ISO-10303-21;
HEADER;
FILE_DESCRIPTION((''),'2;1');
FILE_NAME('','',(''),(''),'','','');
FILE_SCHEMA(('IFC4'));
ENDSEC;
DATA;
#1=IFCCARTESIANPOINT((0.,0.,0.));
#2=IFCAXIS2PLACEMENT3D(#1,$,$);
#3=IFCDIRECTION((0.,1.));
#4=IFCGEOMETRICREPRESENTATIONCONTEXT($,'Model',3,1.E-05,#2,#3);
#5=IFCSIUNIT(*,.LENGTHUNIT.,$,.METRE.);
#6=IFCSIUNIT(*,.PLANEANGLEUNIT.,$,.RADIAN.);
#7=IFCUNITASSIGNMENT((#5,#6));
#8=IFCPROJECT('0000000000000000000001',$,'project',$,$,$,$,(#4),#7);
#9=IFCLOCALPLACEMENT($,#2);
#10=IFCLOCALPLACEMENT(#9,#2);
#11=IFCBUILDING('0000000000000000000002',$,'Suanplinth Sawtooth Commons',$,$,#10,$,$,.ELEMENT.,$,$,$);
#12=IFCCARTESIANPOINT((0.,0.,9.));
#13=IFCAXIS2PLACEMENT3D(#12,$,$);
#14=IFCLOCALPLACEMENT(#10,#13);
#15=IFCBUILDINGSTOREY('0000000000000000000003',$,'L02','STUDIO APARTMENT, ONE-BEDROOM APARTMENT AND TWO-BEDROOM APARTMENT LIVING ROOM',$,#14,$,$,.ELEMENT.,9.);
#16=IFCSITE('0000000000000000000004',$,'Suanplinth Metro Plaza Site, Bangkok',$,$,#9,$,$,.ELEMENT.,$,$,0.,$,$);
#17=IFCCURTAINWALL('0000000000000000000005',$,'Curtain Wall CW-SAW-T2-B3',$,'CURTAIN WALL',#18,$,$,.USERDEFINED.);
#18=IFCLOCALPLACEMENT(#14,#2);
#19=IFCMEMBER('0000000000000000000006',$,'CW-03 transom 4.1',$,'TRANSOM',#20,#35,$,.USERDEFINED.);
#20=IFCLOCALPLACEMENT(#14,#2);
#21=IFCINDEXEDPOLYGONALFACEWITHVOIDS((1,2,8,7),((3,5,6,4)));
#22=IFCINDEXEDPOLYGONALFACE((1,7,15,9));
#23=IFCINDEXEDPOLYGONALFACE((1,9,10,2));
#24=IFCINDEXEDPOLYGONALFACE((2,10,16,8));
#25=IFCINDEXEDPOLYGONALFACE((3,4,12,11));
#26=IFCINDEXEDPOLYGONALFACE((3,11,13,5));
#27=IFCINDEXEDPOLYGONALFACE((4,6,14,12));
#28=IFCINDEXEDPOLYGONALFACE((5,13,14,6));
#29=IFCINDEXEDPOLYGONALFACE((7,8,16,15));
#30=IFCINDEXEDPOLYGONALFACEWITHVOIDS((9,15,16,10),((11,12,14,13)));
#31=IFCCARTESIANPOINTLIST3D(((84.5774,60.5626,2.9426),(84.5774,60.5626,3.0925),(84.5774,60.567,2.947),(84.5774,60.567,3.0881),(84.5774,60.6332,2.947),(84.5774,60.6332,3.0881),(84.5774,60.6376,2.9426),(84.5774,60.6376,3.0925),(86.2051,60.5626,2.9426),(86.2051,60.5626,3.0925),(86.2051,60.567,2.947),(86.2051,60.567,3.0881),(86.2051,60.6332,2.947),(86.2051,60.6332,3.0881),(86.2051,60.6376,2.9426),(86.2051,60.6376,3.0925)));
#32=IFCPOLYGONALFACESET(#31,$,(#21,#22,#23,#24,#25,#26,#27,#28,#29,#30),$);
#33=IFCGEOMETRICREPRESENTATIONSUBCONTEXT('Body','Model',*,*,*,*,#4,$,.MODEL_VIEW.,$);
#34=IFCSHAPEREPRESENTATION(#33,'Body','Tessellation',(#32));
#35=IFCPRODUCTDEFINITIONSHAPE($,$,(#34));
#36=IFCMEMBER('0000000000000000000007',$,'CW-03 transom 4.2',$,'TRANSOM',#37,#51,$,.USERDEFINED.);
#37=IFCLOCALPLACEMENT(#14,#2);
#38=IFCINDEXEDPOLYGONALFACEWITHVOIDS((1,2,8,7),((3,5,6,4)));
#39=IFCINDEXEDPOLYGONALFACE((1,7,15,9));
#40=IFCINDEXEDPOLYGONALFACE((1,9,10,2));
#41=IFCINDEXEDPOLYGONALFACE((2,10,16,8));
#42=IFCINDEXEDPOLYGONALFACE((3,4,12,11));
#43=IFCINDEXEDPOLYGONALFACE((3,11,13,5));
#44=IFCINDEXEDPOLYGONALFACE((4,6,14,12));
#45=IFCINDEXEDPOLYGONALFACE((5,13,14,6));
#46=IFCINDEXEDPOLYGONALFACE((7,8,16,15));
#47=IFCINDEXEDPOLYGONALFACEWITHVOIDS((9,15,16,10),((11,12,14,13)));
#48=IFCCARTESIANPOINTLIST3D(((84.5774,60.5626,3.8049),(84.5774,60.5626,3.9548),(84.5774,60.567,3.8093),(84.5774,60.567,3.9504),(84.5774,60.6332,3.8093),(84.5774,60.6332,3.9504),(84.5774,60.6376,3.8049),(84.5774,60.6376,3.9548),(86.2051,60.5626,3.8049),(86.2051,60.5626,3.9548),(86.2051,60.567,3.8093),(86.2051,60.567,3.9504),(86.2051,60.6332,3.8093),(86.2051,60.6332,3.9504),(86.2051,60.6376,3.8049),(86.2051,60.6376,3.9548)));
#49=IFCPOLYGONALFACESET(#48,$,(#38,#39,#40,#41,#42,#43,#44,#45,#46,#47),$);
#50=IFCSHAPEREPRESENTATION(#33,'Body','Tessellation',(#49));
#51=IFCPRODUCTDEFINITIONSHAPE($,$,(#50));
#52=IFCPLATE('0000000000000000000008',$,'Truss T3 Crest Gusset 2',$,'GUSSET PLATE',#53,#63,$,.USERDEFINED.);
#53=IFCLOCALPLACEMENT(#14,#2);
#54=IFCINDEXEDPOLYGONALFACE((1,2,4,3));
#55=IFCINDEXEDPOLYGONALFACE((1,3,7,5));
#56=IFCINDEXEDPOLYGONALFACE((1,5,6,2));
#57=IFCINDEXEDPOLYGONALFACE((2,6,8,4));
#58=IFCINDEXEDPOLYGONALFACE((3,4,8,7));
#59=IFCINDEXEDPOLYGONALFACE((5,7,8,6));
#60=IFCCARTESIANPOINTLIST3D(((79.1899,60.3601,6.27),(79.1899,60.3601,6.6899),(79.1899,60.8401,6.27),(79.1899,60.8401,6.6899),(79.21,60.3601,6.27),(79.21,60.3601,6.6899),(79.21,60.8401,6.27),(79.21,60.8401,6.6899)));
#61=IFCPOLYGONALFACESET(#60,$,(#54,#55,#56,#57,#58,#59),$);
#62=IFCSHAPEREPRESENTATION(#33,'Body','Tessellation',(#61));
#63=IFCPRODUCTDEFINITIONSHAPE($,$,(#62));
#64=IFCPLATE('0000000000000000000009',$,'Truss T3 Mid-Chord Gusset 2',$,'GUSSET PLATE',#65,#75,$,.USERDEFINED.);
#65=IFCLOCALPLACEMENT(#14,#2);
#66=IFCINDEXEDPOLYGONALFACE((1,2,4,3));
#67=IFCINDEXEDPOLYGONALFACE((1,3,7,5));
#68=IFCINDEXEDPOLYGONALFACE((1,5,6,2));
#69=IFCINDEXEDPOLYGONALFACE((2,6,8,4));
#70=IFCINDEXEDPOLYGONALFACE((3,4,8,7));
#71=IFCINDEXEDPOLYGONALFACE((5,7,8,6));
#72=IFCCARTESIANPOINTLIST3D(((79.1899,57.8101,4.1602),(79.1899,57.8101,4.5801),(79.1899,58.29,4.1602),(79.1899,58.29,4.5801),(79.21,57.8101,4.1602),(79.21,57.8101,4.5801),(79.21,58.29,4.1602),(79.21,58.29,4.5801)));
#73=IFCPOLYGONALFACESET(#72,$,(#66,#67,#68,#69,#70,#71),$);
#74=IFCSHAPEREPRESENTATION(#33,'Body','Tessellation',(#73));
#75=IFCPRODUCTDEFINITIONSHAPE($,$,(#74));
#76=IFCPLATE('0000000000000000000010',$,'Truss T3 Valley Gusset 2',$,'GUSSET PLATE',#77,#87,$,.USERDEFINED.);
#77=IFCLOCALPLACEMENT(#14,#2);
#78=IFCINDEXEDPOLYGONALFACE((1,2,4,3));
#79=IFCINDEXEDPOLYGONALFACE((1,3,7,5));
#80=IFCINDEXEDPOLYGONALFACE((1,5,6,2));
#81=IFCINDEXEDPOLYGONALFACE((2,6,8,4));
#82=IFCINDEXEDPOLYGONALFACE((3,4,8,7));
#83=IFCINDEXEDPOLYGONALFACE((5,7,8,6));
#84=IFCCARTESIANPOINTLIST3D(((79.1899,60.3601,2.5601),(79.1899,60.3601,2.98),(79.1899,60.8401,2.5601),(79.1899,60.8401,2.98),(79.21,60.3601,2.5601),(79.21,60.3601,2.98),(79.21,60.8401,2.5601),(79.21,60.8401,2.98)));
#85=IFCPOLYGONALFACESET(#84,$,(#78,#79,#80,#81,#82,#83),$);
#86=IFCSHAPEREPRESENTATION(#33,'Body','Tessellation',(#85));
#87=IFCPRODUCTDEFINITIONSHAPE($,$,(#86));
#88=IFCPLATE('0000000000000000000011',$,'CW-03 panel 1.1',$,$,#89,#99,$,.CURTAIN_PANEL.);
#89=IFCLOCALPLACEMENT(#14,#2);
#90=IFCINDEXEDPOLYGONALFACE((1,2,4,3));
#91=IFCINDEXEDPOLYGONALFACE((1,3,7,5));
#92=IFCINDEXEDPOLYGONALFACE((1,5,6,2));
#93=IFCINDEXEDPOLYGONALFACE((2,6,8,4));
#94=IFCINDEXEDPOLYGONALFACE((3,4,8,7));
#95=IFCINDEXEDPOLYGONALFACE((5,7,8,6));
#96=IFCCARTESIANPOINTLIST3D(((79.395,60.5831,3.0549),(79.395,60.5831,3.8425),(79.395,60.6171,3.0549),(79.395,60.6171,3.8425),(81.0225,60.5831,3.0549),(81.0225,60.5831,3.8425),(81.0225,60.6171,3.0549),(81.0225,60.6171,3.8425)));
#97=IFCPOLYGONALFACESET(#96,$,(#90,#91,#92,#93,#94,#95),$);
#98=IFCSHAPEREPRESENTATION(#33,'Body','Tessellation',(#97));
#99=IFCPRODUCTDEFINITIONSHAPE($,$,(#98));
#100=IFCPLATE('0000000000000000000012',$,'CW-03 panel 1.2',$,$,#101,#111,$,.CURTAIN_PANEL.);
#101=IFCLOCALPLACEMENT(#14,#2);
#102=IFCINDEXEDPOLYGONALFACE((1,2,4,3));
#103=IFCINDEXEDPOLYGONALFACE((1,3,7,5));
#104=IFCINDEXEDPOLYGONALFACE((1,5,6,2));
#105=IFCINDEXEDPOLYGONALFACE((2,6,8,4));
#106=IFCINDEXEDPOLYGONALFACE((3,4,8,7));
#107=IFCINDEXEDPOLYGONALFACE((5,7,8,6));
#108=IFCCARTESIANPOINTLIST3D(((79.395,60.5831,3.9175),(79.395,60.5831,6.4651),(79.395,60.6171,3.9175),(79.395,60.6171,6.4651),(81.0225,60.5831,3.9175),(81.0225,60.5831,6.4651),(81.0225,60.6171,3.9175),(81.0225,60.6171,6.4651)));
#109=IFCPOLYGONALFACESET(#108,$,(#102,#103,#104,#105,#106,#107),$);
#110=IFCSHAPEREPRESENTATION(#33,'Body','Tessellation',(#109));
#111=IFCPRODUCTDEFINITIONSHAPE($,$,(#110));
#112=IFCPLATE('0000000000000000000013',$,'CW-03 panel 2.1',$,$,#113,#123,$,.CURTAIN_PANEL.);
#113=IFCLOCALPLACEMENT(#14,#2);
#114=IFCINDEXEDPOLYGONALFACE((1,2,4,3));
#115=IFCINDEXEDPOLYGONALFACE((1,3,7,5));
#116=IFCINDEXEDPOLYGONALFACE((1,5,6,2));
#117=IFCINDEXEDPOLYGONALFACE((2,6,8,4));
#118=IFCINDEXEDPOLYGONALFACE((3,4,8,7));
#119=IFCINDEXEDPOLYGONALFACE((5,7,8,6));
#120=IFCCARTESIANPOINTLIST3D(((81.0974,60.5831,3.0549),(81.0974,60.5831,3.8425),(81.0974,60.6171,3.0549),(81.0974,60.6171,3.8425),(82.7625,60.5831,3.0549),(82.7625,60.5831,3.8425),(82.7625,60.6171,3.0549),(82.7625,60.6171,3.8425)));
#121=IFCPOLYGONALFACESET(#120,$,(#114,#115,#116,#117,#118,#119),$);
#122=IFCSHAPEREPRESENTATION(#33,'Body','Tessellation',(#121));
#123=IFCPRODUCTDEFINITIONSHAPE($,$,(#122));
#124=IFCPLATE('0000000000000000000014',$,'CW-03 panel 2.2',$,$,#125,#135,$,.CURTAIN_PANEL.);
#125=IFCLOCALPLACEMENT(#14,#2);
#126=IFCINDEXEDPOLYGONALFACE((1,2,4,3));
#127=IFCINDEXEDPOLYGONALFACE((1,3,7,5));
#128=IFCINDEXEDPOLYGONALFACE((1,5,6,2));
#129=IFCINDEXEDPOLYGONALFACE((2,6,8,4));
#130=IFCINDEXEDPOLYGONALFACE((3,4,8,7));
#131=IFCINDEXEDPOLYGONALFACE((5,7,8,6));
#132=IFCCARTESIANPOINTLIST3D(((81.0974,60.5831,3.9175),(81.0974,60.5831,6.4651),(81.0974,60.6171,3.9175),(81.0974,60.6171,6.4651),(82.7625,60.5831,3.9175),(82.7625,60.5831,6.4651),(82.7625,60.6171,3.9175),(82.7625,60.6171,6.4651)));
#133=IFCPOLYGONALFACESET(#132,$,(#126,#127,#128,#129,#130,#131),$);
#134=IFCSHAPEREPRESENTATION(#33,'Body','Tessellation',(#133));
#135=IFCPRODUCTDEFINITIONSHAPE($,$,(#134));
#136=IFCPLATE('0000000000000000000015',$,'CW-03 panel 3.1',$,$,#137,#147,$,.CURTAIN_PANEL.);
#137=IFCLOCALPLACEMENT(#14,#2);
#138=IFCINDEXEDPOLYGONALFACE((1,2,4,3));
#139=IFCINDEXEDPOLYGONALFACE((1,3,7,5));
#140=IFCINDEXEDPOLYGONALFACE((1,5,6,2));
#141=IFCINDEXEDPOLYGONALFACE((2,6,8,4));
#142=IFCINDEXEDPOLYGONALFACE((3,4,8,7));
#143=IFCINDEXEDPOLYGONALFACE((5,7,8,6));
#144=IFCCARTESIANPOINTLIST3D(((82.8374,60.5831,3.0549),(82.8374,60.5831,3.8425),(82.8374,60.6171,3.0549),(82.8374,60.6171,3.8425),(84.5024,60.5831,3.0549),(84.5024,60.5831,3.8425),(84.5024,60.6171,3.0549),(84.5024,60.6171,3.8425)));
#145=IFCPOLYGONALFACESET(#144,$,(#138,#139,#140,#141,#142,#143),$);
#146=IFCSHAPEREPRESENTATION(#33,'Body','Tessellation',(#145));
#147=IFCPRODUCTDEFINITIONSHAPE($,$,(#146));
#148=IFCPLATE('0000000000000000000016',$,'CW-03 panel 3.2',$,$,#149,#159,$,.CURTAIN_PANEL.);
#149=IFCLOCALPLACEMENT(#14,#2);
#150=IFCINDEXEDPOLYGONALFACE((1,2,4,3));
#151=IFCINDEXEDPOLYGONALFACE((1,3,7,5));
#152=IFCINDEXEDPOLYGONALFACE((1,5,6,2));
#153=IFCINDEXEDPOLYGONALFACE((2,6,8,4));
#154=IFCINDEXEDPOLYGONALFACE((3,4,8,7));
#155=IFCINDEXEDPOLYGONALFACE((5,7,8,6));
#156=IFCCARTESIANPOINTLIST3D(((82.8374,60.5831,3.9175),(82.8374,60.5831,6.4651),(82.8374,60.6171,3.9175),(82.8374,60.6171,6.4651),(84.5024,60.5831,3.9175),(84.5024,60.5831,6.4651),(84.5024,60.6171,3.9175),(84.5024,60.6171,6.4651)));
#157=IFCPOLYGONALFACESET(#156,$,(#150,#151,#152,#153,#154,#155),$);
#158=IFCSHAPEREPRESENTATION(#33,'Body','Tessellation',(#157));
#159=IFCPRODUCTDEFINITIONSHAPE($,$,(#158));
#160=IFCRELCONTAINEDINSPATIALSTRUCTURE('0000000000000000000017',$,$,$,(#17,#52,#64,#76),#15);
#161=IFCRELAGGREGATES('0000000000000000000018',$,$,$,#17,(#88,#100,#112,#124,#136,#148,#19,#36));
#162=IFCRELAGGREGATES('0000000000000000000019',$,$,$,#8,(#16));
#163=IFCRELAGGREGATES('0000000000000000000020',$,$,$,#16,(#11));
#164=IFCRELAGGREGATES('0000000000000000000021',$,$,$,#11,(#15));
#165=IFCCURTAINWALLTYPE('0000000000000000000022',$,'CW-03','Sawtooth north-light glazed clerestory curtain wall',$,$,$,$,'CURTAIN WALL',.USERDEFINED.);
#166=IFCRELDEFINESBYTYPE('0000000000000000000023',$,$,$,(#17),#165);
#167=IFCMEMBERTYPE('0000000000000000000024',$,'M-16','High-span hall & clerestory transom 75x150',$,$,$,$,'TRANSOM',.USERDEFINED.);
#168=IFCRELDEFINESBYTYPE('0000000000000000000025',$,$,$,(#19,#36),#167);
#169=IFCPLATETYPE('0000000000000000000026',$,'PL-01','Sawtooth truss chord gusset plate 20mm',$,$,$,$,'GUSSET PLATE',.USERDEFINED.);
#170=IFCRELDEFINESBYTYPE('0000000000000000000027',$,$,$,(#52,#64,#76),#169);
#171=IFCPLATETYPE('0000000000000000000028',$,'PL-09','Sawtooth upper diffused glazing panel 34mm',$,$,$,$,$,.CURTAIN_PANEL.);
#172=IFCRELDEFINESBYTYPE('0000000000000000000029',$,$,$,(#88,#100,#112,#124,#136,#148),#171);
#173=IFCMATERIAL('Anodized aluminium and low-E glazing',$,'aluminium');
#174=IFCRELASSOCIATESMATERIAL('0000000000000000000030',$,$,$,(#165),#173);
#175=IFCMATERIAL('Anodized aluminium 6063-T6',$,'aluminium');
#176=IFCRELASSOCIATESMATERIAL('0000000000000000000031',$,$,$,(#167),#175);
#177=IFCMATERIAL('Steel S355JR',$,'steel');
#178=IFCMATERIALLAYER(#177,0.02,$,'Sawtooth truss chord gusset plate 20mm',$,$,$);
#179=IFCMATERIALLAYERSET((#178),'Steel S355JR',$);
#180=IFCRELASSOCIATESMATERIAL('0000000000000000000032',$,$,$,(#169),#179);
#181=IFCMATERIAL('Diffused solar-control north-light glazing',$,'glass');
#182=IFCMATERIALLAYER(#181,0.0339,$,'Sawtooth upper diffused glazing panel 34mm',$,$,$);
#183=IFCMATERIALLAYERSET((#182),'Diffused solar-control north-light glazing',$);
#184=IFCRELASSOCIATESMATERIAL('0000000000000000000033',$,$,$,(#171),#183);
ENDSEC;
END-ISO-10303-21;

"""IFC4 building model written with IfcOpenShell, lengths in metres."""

from ifc_helpers import new_model, si_unit, direction, frame, origin, origin_2d, place, context, subcontext, project, spatial, rectangle, hollow_rectangle, extrude, material, layer, layer_set, material_profile, profile_set, type_object, element, aggregate, save


model = new_model("IFC4")

# Units and contexts
model_context = context("Model", 3, precision=1e-05, world=origin(), true_north=direction((0.0, 1.0)))
body_context = subcontext(model_context, "Body", "Model", "MODEL_VIEW")
ifc_project = project(units=[si_unit("LENGTHUNIT", "METRE"), si_unit("PLANEANGLEUNIT", "RADIAN")], contexts=[model_context])

# Site, building, storey
site_placement = place(None, origin())
site = spatial("IfcSite", under=ifc_project, at=site_placement, Name="Suanplinth Metro Plaza Site, Bangkok", CompositionType="ELEMENT", RefElevation=0.0)
building_placement = place(site_placement, origin())
building = spatial("IfcBuilding", under=site, at=building_placement, Name="Suanplinth Sawtooth Commons", CompositionType="ELEMENT")
storey_placement = place(building_placement, frame((0.0, 0.0, 9.0)))
storey = spatial("IfcBuildingStorey", under=building, at=storey_placement, Name="L02", Description="STUDIO APARTMENT, ONE-BEDROOM APARTMENT AND TWO-BEDROOM APARTMENT LIVING ROOM", CompositionType="ELEMENT", Elevation=9.0)

# Shared definitions
ifc_material_1 = material(Name="Steel S355JR", Category="steel")

# Curtain wall, members
ifc_material_2 = material(Name="Anodized aluminium and low-E glazing", Category="aluminium")
curtain_wall_type = type_object("IfcCurtainWallType", Name="CW-03", Description="Sawtooth north-light glazed clerestory curtain wall", ElementType="CURTAIN WALL", PredefinedType="USERDEFINED", material=ifc_material_2)
curtain_wall_placement = place(storey_placement, origin())
curtain_wall = element("IfcCurtainWall", 1, at=curtain_wall_placement, inside=storey, type_object=curtain_wall_type, Name="Curtain Wall CW-SAW-T2-B3", ObjectType="CURTAIN WALL", PredefinedType="USERDEFINED")
ifc_material_3 = material(Name="Anodized aluminium 6063-T6", Category="aluminium")
ifc_material_profile_1 = material_profile(ifc_material_3, hollow_rectangle(XDim=0.075, YDim=0.1499, WallThickness=0.0044, at=origin_2d()), Name="ALU-TRN 75x150")
ifc_profile_set_1 = profile_set([ifc_material_profile_1], Name="Anodized aluminium 6063-T6")
member_type_1 = type_object("IfcMemberType", Name="M-16", Description="High-span hall & clerestory transom 75x150", ElementType="TRANSOM", PredefinedType="USERDEFINED", material=ifc_profile_set_1)
member_1_placement = place(storey_placement, frame((84.5774, 60.6001, 3.0176), z_axis=(1.0, 0.0, 0.0), x_axis=(0.0, 1.0, 0.0)))
member_1 = element("IfcMember", 2, at=member_1_placement, type_object=member_type_1, Name="CW-03 transom 4.1", ObjectType="TRANSOM", PredefinedType="USERDEFINED", context=body_context, shape_type="SweptSolid", body=[
    extrude(hollow_rectangle(XDim=0.075, YDim=0.1499, WallThickness=0.0044, at=origin_2d()), origin(), (0.0, 0.0, 1.0), 1.6277),
])
member_2_placement = place(storey_placement, frame((84.5774, 60.6001, 3.8799), z_axis=(1.0, 0.0, 0.0), x_axis=(0.0, 1.0, 0.0)))
member_2 = element("IfcMember", 3, at=member_2_placement, type_object=member_type_1, Name="CW-03 transom 4.2", ObjectType="TRANSOM", PredefinedType="USERDEFINED", context=body_context, shape_type="SweptSolid", body=[
    extrude(hollow_rectangle(XDim=0.075, YDim=0.1499, WallThickness=0.0044, at=origin_2d()), origin(), (0.0, 0.0, 1.0), 1.6277),
])

# Plates
ifc_layer_1 = layer(ifc_material_1, 0.02, Name="Sawtooth truss chord gusset plate 20mm")
ifc_layer_set_1 = layer_set([ifc_layer_1], Name="Steel S355JR")
plate_type_1 = type_object("IfcPlateType", Name="PL-01", Description="Sawtooth truss chord gusset plate 20mm", ElementType="GUSSET PLATE", PredefinedType="USERDEFINED", material=ifc_layer_set_1)
for number, where, z_axis, x_axis, name in (
    (4, (79.2, 60.6001, 6.27), (0.0, 0.0, 1.0), (1.0, 0.0, 0.0), "Truss T3 Crest Gusset 2"),
    (5, (79.2, 58.05, 4.1602), (0.0, 0.0, 1.0), (1.0, 0.0, 0.0), "Truss T3 Mid-Chord Gusset 2"),
    (6, (79.2, 60.6001, 2.5601), (0.0, 0.0, 1.0), (1.0, 0.0, 0.0), "Truss T3 Valley Gusset 2"),
):
    element("IfcPlate", number, at=place(storey_placement, frame(where, z_axis=z_axis, x_axis=x_axis)), inside=storey, type_object=plate_type_1, Name=name, ObjectType="GUSSET PLATE", PredefinedType="USERDEFINED", context=body_context, shape_type="SweptSolid", body=[
        extrude(rectangle(XDim=0.02, YDim=0.48, at=origin_2d()), origin(), (0.0, 0.0, 1.0), 0.4199),
    ])

# Plates
ifc_material_4 = material(Name="Diffused solar-control north-light glazing", Category="glass")
ifc_layer_2 = layer(ifc_material_4, 0.0339, Name="Sawtooth upper diffused glazing panel 34mm")
ifc_layer_set_2 = layer_set([ifc_layer_2], Name="Diffused solar-control north-light glazing")
plate_type_2 = type_object("IfcPlateType", Name="PL-09", Description="Sawtooth upper diffused glazing panel 34mm", PredefinedType="CURTAIN_PANEL", material=ifc_layer_set_2)
plate_1_placement = place(storey_placement, frame((80.2087, 60.6001, 3.0549), z_axis=(0.0, 0.0, 1.0), x_axis=(1.0, 0.0, 0.0)))
plate_1 = element("IfcPlate", 7, at=plate_1_placement, type_object=plate_type_2, Name="CW-03 panel 1.1", PredefinedType="CURTAIN_PANEL", context=body_context, shape_type="SweptSolid", body=[
    extrude(rectangle(XDim=1.6274, YDim=0.0339, at=origin_2d()), origin(), (0.0, 0.0, 1.0), 0.7876),
])
plate_2_placement = place(storey_placement, frame((80.2087, 60.6001, 3.9175), z_axis=(0.0, 0.0, 1.0), x_axis=(1.0, 0.0, 0.0)))
plate_2 = element("IfcPlate", 8, at=plate_2_placement, type_object=plate_type_2, Name="CW-03 panel 1.2", PredefinedType="CURTAIN_PANEL", context=body_context, shape_type="SweptSolid", body=[
    extrude(rectangle(XDim=1.6274, YDim=0.0339, at=origin_2d()), origin(), (0.0, 0.0, 1.0), 2.5476),
])
plate_3_placement = place(storey_placement, frame((81.9299, 60.6001, 3.0549), z_axis=(0.0, 0.0, 1.0), x_axis=(1.0, 0.0, 0.0)))
plate_3 = element("IfcPlate", 9, at=plate_3_placement, type_object=plate_type_2, Name="CW-03 panel 2.1", PredefinedType="CURTAIN_PANEL", context=body_context, shape_type="SweptSolid", body=[
    extrude(rectangle(XDim=1.665, YDim=0.0339, at=origin_2d()), origin(), (0.0, 0.0, 1.0), 0.7876),
])
plate_4_placement = place(storey_placement, frame((81.9299, 60.6001, 3.9175), z_axis=(0.0, 0.0, 1.0), x_axis=(1.0, 0.0, 0.0)))
plate_4 = element("IfcPlate", 10, at=plate_4_placement, type_object=plate_type_2, Name="CW-03 panel 2.2", PredefinedType="CURTAIN_PANEL", context=body_context, shape_type="SweptSolid", body=[
    extrude(rectangle(XDim=1.665, YDim=0.0339, at=origin_2d()), origin(), (0.0, 0.0, 1.0), 2.5476),
])
plate_5_placement = place(storey_placement, frame((83.6699, 60.6001, 3.0549), z_axis=(0.0, 0.0, 1.0), x_axis=(1.0, 0.0, 0.0)))
plate_5 = element("IfcPlate", 11, at=plate_5_placement, type_object=plate_type_2, Name="CW-03 panel 3.1", PredefinedType="CURTAIN_PANEL", context=body_context, shape_type="SweptSolid", body=[
    extrude(rectangle(XDim=1.665, YDim=0.0339, at=origin_2d()), origin(), (0.0, 0.0, 1.0), 0.7876),
])
plate_6_placement = place(storey_placement, frame((83.6699, 60.6001, 3.9175), z_axis=(0.0, 0.0, 1.0), x_axis=(1.0, 0.0, 0.0)))
plate_6 = element("IfcPlate", 12, at=plate_6_placement, type_object=plate_type_2, Name="CW-03 panel 3.2", PredefinedType="CURTAIN_PANEL", context=body_context, shape_type="SweptSolid", body=[
    extrude(rectangle(XDim=1.665, YDim=0.0339, at=origin_2d()), origin(), (0.0, 0.0, 1.0), 2.5476),
])
aggregate(curtain_wall, [plate_1, plate_2, plate_3, plate_4, plate_5, plate_6, member_1, member_2])

save(model, "model.ifc")
